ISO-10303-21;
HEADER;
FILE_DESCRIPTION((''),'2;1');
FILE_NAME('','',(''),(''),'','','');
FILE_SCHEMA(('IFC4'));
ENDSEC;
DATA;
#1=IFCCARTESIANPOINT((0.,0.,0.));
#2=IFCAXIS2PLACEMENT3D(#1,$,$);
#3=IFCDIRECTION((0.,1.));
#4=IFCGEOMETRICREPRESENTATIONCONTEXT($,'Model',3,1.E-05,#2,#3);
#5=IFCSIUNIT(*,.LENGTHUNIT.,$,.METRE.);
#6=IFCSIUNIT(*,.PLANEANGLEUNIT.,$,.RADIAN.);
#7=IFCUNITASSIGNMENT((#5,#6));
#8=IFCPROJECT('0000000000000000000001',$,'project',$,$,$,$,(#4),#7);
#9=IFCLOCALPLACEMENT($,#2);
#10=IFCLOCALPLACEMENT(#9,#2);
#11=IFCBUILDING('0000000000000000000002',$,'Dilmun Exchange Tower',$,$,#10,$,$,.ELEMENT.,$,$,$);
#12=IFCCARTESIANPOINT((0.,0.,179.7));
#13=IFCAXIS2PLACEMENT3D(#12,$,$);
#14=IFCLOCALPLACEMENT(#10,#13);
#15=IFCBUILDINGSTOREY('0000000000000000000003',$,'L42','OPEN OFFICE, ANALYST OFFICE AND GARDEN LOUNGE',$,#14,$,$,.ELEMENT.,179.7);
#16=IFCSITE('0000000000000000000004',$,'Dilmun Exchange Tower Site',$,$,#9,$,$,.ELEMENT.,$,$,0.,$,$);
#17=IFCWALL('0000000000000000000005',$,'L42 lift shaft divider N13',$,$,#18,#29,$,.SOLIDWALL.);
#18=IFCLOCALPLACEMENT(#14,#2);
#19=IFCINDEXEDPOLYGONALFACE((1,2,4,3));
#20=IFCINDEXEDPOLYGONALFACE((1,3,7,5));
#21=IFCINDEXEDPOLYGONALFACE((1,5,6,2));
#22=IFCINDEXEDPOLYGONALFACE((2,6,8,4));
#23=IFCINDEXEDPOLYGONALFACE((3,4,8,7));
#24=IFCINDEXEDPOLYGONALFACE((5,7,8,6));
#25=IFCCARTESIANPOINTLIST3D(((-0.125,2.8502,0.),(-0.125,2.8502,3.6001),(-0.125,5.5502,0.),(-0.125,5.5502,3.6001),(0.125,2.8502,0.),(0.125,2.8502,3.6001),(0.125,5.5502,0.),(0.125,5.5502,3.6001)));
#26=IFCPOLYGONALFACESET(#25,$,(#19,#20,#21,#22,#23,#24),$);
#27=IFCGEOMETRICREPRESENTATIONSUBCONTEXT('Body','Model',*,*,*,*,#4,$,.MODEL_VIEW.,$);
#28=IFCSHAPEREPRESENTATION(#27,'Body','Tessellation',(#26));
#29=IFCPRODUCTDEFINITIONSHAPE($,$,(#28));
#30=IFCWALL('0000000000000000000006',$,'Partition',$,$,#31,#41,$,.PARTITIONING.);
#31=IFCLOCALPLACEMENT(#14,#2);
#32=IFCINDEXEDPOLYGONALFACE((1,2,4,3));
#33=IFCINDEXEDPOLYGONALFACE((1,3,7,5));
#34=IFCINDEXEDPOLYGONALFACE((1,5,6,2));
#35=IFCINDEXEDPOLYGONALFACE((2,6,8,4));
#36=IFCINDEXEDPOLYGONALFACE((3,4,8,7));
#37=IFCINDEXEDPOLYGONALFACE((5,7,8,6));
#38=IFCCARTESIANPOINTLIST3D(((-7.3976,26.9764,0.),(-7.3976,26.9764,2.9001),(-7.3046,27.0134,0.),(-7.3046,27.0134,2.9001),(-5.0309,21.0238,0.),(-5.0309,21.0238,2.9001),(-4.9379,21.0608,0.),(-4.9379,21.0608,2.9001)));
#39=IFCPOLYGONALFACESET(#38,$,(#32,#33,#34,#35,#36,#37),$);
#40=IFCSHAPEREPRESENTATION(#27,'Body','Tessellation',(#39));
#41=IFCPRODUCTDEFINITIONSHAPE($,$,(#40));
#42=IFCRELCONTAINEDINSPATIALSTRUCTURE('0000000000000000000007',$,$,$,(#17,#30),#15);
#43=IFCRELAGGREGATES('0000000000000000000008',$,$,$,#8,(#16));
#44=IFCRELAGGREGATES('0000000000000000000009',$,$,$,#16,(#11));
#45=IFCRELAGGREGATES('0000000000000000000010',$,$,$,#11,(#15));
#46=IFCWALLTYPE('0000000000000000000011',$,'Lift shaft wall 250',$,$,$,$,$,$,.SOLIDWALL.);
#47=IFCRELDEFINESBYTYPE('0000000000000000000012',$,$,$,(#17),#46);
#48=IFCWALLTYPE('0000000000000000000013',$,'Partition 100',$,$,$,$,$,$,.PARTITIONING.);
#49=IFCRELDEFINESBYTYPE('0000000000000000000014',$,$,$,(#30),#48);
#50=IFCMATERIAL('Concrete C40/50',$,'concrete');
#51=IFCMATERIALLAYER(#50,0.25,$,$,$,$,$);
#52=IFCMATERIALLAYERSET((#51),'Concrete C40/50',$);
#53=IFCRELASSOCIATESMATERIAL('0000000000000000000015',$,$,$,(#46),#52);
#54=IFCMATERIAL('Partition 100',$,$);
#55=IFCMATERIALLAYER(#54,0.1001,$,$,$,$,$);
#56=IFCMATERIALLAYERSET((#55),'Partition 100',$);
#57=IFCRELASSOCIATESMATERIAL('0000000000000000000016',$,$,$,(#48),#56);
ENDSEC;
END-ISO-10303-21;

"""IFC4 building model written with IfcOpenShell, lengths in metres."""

from ifc_helpers import new_model, si_unit, direction, frame, frame_2d, origin, place, context, subcontext, project, spatial, rectangle, extrude, material, layer, layer_set, type_object, element, save


model = new_model("IFC4")

# Units and contexts
model_context = context("Model", 3, precision=1e-05, world=origin(), true_north=direction((0.0, 1.0)))
body_context = subcontext(model_context, "Body", "Model", "MODEL_VIEW")
ifc_project = project(units=[si_unit("LENGTHUNIT", "METRE"), si_unit("PLANEANGLEUNIT", "RADIAN")], contexts=[model_context])

# Site, building, storey
site_placement = place(None, origin())
site = spatial("IfcSite", under=ifc_project, at=site_placement, Name="Dilmun Exchange Tower Site", CompositionType="ELEMENT", RefElevation=0.0)
building_placement = place(site_placement, origin())
building = spatial("IfcBuilding", under=site, at=building_placement, Name="Dilmun Exchange Tower", CompositionType="ELEMENT")
storey_placement = place(building_placement, frame((0.0, 0.0, 179.7)))
storey = spatial("IfcBuildingStorey", under=building, at=storey_placement, Name="L42", Description="OPEN OFFICE, ANALYST OFFICE AND GARDEN LOUNGE", CompositionType="ELEMENT", Elevation=179.7)

# Shared definitions
ifc_material_1 = material(Name="Concrete C40/50", Category="concrete")

# Walls
ifc_layer_1 = layer(ifc_material_1, 0.25)
ifc_layer_set_1 = layer_set([ifc_layer_1], Name="Concrete C40/50")
wall_type_1 = type_object("IfcWallType", Name="Lift shaft wall 250", PredefinedType="SOLIDWALL", material=ifc_layer_set_1)
for number, where, z_axis, x_axis, name in (
    (1, (0.0, 2.8501, 0.0), (0.0, 0.0, 1.0), (0.0, 1.0, 0.0), "L42 lift shaft divider N13"),
):
    element("IfcWall", number, at=place(storey_placement, frame(where, z_axis=z_axis, x_axis=x_axis)), inside=storey, type_object=wall_type_1, Name=name, PredefinedType="SOLIDWALL", context=body_context, shape_type="SweptSolid", body=[
        extrude(rectangle(XDim=2.7, YDim=0.25, at=frame_2d((1.3501, 0.0))), origin(), (0.0, 0.0, 1.0), 3.6001),
    ])
ifc_material_2 = material(Name="Partition 100")
ifc_layer_2 = layer(ifc_material_2, 0.1001)
ifc_layer_set_2 = layer_set([ifc_layer_2], Name="Partition 100")
wall_type_2 = type_object("IfcWallType", Name="Partition 100", PredefinedType="PARTITIONING", material=ifc_layer_set_2)
wall_1_placement = place(storey_placement, frame((-7.3511, 26.9949, 0.0), z_axis=(0.0, 0.0, 1.0), x_axis=(0.369458, -0.929247, 0.0)))
element("IfcWall", 2, at=wall_1_placement, inside=storey, type_object=wall_type_2, Name="Partition", PredefinedType="PARTITIONING", context=body_context, shape_type="SweptSolid", body=[
    extrude(rectangle(XDim=6.4058, YDim=0.1001, at=frame_2d((3.2029, 0.0))), origin(), (0.0, 0.0, 1.0), 2.9001),
])

save(model, "model.ifc")
